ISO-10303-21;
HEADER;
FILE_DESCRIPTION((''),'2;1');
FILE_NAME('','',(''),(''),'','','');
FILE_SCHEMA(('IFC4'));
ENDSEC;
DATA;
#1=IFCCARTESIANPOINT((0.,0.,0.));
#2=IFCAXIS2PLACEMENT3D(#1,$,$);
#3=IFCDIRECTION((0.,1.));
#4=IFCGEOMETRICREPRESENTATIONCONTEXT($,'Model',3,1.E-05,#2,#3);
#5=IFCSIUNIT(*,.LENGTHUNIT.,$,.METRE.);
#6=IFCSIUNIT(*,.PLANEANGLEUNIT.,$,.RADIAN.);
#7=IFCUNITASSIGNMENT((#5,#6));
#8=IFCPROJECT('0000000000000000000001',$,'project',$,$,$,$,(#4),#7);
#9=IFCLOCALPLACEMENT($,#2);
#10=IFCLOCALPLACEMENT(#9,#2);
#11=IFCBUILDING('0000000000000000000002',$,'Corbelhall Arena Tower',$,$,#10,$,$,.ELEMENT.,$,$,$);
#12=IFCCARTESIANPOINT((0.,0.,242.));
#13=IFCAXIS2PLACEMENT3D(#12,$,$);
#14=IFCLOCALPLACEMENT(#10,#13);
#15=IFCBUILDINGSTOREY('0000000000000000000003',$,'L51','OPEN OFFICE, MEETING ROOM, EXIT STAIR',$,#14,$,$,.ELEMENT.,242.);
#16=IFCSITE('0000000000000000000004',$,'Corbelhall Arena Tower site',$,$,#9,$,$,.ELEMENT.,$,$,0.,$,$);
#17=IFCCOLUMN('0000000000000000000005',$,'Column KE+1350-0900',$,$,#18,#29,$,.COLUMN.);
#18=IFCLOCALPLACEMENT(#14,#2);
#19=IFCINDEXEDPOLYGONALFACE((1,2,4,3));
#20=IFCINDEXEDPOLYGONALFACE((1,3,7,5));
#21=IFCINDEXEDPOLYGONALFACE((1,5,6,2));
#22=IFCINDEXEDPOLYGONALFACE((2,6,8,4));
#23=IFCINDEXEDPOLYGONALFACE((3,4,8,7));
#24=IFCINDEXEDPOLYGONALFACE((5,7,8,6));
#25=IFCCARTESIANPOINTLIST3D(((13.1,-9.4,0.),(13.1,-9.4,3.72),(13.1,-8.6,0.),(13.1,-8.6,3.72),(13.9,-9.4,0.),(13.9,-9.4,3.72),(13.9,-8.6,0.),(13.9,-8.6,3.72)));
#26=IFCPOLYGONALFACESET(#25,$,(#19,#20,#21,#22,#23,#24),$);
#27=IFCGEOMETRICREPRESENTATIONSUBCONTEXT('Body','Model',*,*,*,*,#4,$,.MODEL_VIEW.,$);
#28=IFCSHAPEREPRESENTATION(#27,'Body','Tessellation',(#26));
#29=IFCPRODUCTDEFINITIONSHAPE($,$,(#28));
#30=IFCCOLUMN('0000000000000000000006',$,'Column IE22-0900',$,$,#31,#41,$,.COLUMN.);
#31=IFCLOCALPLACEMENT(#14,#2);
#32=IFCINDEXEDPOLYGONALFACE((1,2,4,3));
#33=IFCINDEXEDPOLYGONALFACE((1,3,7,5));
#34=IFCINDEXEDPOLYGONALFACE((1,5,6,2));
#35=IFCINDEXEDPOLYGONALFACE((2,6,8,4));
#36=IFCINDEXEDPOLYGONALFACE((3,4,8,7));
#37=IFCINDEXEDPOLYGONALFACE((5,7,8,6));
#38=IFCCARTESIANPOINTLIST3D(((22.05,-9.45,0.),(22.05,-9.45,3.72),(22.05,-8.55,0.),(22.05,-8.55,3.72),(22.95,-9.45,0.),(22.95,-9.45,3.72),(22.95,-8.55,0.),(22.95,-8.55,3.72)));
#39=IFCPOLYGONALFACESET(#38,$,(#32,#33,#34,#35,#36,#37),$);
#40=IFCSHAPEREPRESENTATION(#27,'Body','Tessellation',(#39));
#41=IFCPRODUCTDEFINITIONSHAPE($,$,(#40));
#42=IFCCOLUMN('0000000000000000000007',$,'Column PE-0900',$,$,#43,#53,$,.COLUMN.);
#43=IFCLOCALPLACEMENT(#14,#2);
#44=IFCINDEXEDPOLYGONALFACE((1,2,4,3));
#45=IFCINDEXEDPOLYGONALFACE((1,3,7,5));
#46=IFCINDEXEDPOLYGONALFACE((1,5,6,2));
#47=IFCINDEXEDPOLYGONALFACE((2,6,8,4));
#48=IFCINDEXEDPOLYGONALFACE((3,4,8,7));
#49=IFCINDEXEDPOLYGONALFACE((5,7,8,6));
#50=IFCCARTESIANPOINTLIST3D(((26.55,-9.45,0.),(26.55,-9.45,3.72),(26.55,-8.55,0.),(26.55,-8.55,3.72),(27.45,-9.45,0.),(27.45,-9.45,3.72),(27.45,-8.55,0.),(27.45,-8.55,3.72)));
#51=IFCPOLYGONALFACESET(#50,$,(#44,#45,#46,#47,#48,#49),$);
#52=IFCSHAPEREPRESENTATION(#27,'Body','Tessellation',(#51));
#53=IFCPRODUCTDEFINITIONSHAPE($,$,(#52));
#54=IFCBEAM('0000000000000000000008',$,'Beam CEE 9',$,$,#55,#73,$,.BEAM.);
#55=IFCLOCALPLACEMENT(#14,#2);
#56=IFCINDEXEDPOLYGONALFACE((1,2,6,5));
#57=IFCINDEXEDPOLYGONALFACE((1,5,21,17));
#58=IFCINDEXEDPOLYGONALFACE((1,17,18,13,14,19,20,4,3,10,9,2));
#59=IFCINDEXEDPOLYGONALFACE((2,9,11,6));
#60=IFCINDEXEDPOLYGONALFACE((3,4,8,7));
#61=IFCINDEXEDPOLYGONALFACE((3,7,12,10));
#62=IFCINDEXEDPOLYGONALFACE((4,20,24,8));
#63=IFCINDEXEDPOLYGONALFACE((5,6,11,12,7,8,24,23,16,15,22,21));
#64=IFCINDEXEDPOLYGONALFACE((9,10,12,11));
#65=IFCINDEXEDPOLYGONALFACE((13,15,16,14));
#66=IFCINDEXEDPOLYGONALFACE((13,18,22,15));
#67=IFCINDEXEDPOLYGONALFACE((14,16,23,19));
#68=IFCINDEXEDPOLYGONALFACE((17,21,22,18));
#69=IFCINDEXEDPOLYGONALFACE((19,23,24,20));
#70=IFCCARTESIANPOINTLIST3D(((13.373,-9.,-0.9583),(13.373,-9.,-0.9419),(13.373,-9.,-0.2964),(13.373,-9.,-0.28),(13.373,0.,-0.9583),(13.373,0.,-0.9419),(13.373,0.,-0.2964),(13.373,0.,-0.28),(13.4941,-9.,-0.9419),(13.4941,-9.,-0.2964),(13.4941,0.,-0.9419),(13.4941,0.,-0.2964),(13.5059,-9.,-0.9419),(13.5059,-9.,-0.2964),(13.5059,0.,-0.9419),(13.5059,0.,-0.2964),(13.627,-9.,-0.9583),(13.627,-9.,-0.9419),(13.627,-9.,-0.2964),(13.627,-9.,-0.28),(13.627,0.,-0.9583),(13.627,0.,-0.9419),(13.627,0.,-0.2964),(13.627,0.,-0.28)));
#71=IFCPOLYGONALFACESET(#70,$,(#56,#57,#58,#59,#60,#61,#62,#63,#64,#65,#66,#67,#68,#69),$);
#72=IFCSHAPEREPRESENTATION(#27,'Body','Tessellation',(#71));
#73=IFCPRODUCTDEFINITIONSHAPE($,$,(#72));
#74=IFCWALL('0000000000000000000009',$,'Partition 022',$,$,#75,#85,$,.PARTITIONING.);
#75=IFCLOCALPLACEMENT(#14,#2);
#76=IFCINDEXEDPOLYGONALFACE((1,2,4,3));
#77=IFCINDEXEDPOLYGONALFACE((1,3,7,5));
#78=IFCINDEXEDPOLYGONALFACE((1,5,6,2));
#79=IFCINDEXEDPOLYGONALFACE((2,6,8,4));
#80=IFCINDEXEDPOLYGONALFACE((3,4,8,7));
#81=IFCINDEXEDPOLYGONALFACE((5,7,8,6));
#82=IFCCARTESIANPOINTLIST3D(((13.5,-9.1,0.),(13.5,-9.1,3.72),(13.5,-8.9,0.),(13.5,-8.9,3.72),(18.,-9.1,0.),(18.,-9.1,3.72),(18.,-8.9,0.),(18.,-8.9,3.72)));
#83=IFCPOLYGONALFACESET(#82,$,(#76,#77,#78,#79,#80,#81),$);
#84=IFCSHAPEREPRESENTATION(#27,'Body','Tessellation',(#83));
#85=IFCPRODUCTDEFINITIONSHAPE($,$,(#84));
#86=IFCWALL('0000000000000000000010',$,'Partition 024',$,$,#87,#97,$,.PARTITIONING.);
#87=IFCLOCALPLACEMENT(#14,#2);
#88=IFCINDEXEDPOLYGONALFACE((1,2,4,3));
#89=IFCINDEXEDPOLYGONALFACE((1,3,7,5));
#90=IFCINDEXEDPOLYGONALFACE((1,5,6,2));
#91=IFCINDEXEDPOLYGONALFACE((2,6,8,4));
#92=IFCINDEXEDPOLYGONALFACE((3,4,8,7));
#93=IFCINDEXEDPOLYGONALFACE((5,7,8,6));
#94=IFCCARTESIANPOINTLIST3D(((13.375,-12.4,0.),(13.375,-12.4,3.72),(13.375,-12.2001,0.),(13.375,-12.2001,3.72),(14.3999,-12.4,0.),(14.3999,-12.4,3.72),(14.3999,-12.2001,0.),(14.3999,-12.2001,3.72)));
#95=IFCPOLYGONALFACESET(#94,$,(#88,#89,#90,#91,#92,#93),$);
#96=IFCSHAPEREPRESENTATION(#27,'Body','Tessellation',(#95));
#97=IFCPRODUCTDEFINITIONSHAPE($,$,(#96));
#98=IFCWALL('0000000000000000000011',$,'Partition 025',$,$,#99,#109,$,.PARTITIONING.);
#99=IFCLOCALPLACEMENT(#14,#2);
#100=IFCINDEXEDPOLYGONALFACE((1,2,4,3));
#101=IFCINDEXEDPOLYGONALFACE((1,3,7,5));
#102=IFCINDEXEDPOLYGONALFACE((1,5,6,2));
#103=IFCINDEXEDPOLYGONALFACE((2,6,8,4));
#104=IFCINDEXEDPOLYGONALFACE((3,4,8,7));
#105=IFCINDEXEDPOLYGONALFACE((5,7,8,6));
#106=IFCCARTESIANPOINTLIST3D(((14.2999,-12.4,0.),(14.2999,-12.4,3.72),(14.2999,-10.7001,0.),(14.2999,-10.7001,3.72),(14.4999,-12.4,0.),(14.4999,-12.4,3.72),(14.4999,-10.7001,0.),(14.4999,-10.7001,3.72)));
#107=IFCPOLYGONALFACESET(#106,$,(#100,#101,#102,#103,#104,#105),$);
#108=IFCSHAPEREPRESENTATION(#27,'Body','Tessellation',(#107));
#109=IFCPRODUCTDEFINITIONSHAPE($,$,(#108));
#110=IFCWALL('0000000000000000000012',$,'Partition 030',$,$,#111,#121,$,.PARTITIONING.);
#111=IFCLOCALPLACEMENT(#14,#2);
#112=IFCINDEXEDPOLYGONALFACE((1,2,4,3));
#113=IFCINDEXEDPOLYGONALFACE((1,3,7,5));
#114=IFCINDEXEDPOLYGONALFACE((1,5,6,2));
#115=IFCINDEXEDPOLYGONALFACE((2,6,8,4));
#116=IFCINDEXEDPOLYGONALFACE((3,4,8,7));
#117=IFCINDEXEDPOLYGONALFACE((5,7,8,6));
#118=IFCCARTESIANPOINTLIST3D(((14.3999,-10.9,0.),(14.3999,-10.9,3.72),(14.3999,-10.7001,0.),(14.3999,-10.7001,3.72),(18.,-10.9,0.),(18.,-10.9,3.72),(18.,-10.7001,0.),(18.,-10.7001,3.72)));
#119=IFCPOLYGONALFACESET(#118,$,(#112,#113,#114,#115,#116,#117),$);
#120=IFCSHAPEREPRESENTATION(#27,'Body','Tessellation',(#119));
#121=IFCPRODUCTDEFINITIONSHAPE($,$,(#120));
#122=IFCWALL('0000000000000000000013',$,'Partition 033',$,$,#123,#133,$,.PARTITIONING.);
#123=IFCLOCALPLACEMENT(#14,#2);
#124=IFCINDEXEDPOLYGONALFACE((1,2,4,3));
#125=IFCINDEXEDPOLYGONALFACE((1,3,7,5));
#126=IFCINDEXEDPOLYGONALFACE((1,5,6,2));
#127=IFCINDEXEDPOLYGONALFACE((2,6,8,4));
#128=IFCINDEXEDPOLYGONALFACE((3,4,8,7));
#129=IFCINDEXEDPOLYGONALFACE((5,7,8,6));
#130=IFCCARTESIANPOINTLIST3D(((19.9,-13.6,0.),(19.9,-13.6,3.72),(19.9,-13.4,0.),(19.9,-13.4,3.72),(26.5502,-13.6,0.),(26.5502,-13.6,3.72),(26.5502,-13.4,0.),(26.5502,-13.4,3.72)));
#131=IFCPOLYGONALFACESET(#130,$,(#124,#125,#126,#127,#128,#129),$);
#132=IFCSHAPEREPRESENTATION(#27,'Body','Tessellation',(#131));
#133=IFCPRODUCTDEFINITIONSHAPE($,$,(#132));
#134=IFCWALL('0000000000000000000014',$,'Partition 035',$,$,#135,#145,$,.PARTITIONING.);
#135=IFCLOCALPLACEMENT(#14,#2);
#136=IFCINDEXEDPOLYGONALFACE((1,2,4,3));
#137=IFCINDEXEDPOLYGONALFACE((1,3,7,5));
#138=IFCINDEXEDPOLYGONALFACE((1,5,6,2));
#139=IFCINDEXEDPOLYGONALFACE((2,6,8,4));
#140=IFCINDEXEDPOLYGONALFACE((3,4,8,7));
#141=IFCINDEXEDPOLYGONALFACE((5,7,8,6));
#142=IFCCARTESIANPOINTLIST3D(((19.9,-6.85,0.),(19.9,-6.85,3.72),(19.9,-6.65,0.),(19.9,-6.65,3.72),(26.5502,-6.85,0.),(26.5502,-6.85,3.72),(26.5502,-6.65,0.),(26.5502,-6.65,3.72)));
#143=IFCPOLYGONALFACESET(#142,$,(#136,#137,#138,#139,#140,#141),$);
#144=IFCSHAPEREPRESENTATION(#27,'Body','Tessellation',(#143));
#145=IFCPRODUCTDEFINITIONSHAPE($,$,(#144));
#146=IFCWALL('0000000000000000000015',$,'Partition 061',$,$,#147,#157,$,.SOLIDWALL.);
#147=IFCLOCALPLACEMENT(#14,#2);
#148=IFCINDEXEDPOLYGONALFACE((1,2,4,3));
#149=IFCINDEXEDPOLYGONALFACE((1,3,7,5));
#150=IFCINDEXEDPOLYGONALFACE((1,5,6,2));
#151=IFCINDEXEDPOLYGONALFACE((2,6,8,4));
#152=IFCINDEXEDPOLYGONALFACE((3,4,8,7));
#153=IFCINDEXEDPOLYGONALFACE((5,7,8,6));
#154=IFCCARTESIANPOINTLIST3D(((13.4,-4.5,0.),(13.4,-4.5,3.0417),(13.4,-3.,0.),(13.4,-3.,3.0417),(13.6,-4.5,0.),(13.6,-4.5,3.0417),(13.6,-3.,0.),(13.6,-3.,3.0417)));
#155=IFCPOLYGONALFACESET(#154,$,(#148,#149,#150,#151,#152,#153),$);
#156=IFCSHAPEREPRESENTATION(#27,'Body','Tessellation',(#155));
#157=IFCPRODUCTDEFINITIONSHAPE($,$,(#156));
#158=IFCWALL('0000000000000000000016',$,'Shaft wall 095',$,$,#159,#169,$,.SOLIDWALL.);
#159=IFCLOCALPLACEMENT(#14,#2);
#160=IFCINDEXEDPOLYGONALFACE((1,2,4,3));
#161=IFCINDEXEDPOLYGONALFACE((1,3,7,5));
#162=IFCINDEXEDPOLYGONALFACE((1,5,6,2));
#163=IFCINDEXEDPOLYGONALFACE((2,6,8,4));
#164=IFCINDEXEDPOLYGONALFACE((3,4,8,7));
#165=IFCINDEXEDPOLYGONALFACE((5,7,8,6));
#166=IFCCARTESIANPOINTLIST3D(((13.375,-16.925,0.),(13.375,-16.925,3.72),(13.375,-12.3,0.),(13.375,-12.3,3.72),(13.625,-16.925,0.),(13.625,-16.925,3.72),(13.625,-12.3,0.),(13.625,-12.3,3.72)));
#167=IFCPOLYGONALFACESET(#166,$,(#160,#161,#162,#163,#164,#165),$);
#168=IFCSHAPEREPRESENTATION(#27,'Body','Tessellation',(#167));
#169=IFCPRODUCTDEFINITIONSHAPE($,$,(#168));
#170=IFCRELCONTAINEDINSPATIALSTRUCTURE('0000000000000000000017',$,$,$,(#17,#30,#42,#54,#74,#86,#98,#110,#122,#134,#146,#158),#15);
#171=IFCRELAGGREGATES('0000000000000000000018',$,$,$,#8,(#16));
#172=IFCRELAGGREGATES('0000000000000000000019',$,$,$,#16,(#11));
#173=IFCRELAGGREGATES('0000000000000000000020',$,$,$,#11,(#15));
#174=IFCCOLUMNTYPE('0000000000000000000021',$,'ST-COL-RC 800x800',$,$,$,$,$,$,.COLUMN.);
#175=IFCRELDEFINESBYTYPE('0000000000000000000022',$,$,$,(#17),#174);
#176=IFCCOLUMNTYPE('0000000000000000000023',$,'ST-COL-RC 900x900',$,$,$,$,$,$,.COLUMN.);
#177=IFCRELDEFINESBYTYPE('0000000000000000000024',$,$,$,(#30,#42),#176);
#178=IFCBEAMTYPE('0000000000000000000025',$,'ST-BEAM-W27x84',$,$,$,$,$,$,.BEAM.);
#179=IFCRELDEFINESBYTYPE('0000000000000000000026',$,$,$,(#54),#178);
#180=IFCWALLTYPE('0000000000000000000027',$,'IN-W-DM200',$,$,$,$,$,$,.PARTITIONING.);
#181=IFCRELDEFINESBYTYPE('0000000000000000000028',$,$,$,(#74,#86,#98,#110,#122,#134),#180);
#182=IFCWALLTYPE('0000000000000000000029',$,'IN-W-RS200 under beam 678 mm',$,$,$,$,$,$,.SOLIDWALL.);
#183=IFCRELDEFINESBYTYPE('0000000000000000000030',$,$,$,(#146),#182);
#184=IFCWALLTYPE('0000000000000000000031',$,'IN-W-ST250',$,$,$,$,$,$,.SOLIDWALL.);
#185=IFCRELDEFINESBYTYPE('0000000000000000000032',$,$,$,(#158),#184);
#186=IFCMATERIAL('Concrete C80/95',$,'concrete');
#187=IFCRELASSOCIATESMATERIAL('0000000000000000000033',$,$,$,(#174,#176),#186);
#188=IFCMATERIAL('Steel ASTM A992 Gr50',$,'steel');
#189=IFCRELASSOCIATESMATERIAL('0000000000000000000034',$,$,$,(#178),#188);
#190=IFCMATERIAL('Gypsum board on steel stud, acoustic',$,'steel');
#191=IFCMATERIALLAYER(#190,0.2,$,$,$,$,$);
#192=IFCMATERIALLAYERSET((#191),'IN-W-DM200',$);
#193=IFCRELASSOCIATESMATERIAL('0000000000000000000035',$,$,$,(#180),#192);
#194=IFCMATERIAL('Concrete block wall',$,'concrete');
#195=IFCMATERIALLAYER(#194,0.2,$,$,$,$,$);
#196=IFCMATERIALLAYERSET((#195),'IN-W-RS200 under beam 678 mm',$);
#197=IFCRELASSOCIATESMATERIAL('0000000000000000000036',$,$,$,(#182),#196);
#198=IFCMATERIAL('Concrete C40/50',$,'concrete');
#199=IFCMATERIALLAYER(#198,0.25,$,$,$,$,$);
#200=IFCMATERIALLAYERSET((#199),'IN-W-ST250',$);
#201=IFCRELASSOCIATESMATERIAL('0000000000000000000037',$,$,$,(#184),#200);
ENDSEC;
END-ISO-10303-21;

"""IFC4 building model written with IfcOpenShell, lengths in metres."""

from ifc_helpers import new_model, si_unit, direction, frame, frame_2d, origin, origin_2d, place, context, subcontext, project, spatial, rectangle, i_section, extrude, material, layer, layer_set, material_profile, profile_set, type_object, element, save


model = new_model("IFC4")

# Units and contexts
model_context = context("Model", 3, precision=1e-05, world=origin(), true_north=direction((0.0, 1.0)))
body_context = subcontext(model_context, "Body", "Model", "MODEL_VIEW")
ifc_project = project(units=[si_unit("LENGTHUNIT", "METRE"), si_unit("PLANEANGLEUNIT", "RADIAN")], contexts=[model_context])

# Site, building, storey
site_placement = place(None, origin())
site = spatial("IfcSite", under=ifc_project, at=site_placement, Name="Corbelhall Arena Tower site", CompositionType="ELEMENT", RefElevation=0.0)
building_placement = place(site_placement, origin())
building = spatial("IfcBuilding", under=site, at=building_placement, Name="Corbelhall Arena Tower", CompositionType="ELEMENT")
storey_placement = place(building_placement, frame((0.0, 0.0, 242.0)))
storey = spatial("IfcBuildingStorey", under=building, at=storey_placement, Name="L51", Description="OPEN OFFICE, MEETING ROOM, EXIT STAIR", CompositionType="ELEMENT", Elevation=242.0)

# Columns
ifc_material_1 = material(Name="Concrete C80/95", Category="concrete")
ifc_material_profile_1 = material_profile(ifc_material_1, rectangle(XDim=0.8, YDim=0.8, at=origin_2d()))
ifc_profile_set_1 = profile_set([ifc_material_profile_1], Name="Concrete C80/95")
column_type_1 = type_object("IfcColumnType", Name="ST-COL-RC 800x800", PredefinedType="COLUMN", material=ifc_profile_set_1)
column_placement = place(storey_placement, frame((13.5, -9.0, 0.0), z_axis=(0.0, 0.0, 1.0), x_axis=(1.0, 0.0, 0.0)))
element("IfcColumn", 1, at=column_placement, inside=storey, type_object=column_type_1, Name="Column KE+1350-0900", PredefinedType="COLUMN", context=body_context, shape_type="SweptSolid", body=[
    extrude(rectangle(XDim=0.8, YDim=0.8, at=origin_2d()), origin(), (0.0, 0.0, 1.0), 3.72),
])
ifc_material_profile_2 = material_profile(ifc_material_1, rectangle(XDim=0.8999, YDim=0.8999, at=origin_2d()))
ifc_profile_set_2 = profile_set([ifc_material_profile_2], Name="Concrete C80/95")
column_type_2 = type_object("IfcColumnType", Name="ST-COL-RC 900x900", PredefinedType="COLUMN", material=ifc_profile_set_2)
for number, where, z_axis, x_axis, name in (
    (2, (22.5, -9.0, 0.0), (0.0, 0.0, 1.0), (1.0, 0.0, 0.0), "Column IE22-0900"),
    (3, (27.0, -9.0, 0.0), (0.0, 0.0, 1.0), (0.0, 1.0, 0.0), "Column PE-0900"),
):
    element("IfcColumn", number, at=place(storey_placement, frame(where, z_axis=z_axis, x_axis=x_axis)), inside=storey, type_object=column_type_2, Name=name, PredefinedType="COLUMN", context=body_context, shape_type="SweptSolid", body=[
        extrude(rectangle(XDim=0.8999, YDim=0.8999, at=origin_2d()), origin(), (0.0, 0.0, 1.0), 3.72),
    ])

# Beam
ifc_material_2 = material(Name="Steel ASTM A992 Gr50", Category="steel")
ifc_material_profile_3 = material_profile(ifc_material_2, i_section(OverallWidth=0.2539, OverallDepth=0.6782, WebThickness=0.0117, FlangeThickness=0.0164, at=origin_2d()))
ifc_profile_set_3 = profile_set([ifc_material_profile_3], Name="Steel ASTM A992 Gr50")
beam_type = type_object("IfcBeamType", Name="ST-BEAM-W27x84", PredefinedType="BEAM", material=ifc_profile_set_3)
beam_placement = place(storey_placement, frame((13.5, -9.0, -0.6191), z_axis=(0.0, 1.0, 0.0), x_axis=(-1.0, 0.0, 0.0)))
element("IfcBeam", 4, at=beam_placement, inside=storey, type_object=beam_type, Name="Beam CEE 9", PredefinedType="BEAM", context=body_context, shape_type="SweptSolid", body=[
    extrude(i_section(OverallWidth=0.2539, OverallDepth=0.6782, WebThickness=0.0117, FlangeThickness=0.0164, at=origin_2d()), origin(), (0.0, 0.0, 1.0), 9.0),
])

# Walls
ifc_material_3 = material(Name="Gypsum board on steel stud, acoustic", Category="steel")
ifc_layer_1 = layer(ifc_material_3, 0.2)
ifc_layer_set_1 = layer_set([ifc_layer_1], Name="IN-W-DM200")
wall_type_1 = type_object("IfcWallType", Name="IN-W-DM200", PredefinedType="PARTITIONING", material=ifc_layer_set_1)
wall_1_placement = place(storey_placement, frame((13.5, -9.0, 0.0), z_axis=(0.0, 0.0, 1.0), x_axis=(1.0, 0.0, 0.0)))
element("IfcWall", 5, at=wall_1_placement, inside=storey, type_object=wall_type_1, Name="Partition 022", PredefinedType="PARTITIONING", context=body_context, shape_type="SweptSolid", body=[
    extrude(rectangle(XDim=4.5, YDim=0.2, at=frame_2d((2.25, 0.0))), origin(), (0.0, 0.0, 1.0), 3.72),
])
wall_2_placement = place(storey_placement, frame((14.3999, -12.3, 0.0), z_axis=(0.0, 0.0, 1.0), x_axis=(-1.0, 0.0, 0.0)))
element("IfcWall", 6, at=wall_2_placement, inside=storey, type_object=wall_type_1, Name="Partition 024", PredefinedType="PARTITIONING", context=body_context, shape_type="SweptSolid", body=[
    extrude(rectangle(XDim=1.0249, YDim=0.2, at=frame_2d((0.5125, 0.0))), origin(), (0.0, 0.0, 1.0), 3.72),
])
wall_3_placement = place(storey_placement, frame((14.3999, -10.7, 0.0), z_axis=(0.0, 0.0, 1.0), x_axis=(0.0, -1.0, 0.0)))
element("IfcWall", 7, at=wall_3_placement, inside=storey, type_object=wall_type_1, Name="Partition 025", PredefinedType="PARTITIONING", context=body_context, shape_type="SweptSolid", body=[
    extrude(rectangle(XDim=1.7, YDim=0.2, at=frame_2d((0.8501, 0.0))), origin(), (0.0, 0.0, 1.0), 3.72),
])
wall_4_placement = place(storey_placement, frame((18.0, -10.8, 0.0), z_axis=(0.0, 0.0, 1.0), x_axis=(-1.0, 0.0, 0.0)))
element("IfcWall", 8, at=wall_4_placement, inside=storey, type_object=wall_type_1, Name="Partition 030", PredefinedType="PARTITIONING", context=body_context, shape_type="SweptSolid", body=[
    extrude(rectangle(XDim=3.6001, YDim=0.2, at=frame_2d((1.8, 0.0))), origin(), (0.0, 0.0, 1.0), 3.72),
])

# Walls
for number, where, z_axis, x_axis, name in (
    (9, (19.8999, -13.5, 0.0), (0.0, 0.0, 1.0), (1.0, 0.0, 0.0), "Partition 033"),
    (10, (19.8999, -6.75, 0.0), (0.0, 0.0, 1.0), (1.0, 0.0, 0.0), "Partition 035"),
):
    element("IfcWall", number, at=place(storey_placement, frame(where, z_axis=z_axis, x_axis=x_axis)), inside=storey, type_object=wall_type_1, Name=name, PredefinedType="PARTITIONING", context=body_context, shape_type="SweptSolid", body=[
        extrude(rectangle(XDim=6.6501, YDim=0.2, at=frame_2d((3.3252, 0.0))), origin(), (0.0, 0.0, 1.0), 3.72),
    ])
ifc_material_4 = material(Name="Concrete block wall", Category="concrete")
ifc_layer_2 = layer(ifc_material_4, 0.2)
ifc_layer_set_2 = layer_set([ifc_layer_2], Name="IN-W-RS200 under beam 678 mm")
wall_type_2 = type_object("IfcWallType", Name="IN-W-RS200 under beam 678 mm", PredefinedType="SOLIDWALL", material=ifc_layer_set_2)
wall_5_placement = place(storey_placement, frame((13.5, -3.0, 0.0), z_axis=(0.0, 0.0, 1.0), x_axis=(0.0, -1.0, 0.0)))
element("IfcWall", 11, at=wall_5_placement, inside=storey, type_object=wall_type_2, Name="Partition 061", PredefinedType="SOLIDWALL", context=body_context, shape_type="SweptSolid", body=[
    extrude(rectangle(XDim=1.5, YDim=0.2, at=frame_2d((0.75, 0.0))), origin(), (0.0, 0.0, 1.0), 3.0417),
])
ifc_material_5 = material(Name="Concrete C40/50", Category="concrete")
ifc_layer_3 = layer(ifc_material_5, 0.25)
ifc_layer_set_3 = layer_set([ifc_layer_3], Name="IN-W-ST250")
wall_type_3 = type_object("IfcWallType", Name="IN-W-ST250", PredefinedType="SOLIDWALL", material=ifc_layer_set_3)
wall_6_placement = place(storey_placement, frame((13.5, -12.3, 0.0), z_axis=(0.0, 0.0, 1.0), x_axis=(0.0, -1.0, 0.0)))
element("IfcWall", 12, at=wall_6_placement, inside=storey, type_object=wall_type_3, Name="Shaft wall 095", PredefinedType="SOLIDWALL", context=body_context, shape_type="SweptSolid", body=[
    extrude(rectangle(XDim=4.625, YDim=0.25, at=frame_2d((2.3125, 0.0))), origin(), (0.0, 0.0, 1.0), 3.72),
])

save(model, "model.ifc")
